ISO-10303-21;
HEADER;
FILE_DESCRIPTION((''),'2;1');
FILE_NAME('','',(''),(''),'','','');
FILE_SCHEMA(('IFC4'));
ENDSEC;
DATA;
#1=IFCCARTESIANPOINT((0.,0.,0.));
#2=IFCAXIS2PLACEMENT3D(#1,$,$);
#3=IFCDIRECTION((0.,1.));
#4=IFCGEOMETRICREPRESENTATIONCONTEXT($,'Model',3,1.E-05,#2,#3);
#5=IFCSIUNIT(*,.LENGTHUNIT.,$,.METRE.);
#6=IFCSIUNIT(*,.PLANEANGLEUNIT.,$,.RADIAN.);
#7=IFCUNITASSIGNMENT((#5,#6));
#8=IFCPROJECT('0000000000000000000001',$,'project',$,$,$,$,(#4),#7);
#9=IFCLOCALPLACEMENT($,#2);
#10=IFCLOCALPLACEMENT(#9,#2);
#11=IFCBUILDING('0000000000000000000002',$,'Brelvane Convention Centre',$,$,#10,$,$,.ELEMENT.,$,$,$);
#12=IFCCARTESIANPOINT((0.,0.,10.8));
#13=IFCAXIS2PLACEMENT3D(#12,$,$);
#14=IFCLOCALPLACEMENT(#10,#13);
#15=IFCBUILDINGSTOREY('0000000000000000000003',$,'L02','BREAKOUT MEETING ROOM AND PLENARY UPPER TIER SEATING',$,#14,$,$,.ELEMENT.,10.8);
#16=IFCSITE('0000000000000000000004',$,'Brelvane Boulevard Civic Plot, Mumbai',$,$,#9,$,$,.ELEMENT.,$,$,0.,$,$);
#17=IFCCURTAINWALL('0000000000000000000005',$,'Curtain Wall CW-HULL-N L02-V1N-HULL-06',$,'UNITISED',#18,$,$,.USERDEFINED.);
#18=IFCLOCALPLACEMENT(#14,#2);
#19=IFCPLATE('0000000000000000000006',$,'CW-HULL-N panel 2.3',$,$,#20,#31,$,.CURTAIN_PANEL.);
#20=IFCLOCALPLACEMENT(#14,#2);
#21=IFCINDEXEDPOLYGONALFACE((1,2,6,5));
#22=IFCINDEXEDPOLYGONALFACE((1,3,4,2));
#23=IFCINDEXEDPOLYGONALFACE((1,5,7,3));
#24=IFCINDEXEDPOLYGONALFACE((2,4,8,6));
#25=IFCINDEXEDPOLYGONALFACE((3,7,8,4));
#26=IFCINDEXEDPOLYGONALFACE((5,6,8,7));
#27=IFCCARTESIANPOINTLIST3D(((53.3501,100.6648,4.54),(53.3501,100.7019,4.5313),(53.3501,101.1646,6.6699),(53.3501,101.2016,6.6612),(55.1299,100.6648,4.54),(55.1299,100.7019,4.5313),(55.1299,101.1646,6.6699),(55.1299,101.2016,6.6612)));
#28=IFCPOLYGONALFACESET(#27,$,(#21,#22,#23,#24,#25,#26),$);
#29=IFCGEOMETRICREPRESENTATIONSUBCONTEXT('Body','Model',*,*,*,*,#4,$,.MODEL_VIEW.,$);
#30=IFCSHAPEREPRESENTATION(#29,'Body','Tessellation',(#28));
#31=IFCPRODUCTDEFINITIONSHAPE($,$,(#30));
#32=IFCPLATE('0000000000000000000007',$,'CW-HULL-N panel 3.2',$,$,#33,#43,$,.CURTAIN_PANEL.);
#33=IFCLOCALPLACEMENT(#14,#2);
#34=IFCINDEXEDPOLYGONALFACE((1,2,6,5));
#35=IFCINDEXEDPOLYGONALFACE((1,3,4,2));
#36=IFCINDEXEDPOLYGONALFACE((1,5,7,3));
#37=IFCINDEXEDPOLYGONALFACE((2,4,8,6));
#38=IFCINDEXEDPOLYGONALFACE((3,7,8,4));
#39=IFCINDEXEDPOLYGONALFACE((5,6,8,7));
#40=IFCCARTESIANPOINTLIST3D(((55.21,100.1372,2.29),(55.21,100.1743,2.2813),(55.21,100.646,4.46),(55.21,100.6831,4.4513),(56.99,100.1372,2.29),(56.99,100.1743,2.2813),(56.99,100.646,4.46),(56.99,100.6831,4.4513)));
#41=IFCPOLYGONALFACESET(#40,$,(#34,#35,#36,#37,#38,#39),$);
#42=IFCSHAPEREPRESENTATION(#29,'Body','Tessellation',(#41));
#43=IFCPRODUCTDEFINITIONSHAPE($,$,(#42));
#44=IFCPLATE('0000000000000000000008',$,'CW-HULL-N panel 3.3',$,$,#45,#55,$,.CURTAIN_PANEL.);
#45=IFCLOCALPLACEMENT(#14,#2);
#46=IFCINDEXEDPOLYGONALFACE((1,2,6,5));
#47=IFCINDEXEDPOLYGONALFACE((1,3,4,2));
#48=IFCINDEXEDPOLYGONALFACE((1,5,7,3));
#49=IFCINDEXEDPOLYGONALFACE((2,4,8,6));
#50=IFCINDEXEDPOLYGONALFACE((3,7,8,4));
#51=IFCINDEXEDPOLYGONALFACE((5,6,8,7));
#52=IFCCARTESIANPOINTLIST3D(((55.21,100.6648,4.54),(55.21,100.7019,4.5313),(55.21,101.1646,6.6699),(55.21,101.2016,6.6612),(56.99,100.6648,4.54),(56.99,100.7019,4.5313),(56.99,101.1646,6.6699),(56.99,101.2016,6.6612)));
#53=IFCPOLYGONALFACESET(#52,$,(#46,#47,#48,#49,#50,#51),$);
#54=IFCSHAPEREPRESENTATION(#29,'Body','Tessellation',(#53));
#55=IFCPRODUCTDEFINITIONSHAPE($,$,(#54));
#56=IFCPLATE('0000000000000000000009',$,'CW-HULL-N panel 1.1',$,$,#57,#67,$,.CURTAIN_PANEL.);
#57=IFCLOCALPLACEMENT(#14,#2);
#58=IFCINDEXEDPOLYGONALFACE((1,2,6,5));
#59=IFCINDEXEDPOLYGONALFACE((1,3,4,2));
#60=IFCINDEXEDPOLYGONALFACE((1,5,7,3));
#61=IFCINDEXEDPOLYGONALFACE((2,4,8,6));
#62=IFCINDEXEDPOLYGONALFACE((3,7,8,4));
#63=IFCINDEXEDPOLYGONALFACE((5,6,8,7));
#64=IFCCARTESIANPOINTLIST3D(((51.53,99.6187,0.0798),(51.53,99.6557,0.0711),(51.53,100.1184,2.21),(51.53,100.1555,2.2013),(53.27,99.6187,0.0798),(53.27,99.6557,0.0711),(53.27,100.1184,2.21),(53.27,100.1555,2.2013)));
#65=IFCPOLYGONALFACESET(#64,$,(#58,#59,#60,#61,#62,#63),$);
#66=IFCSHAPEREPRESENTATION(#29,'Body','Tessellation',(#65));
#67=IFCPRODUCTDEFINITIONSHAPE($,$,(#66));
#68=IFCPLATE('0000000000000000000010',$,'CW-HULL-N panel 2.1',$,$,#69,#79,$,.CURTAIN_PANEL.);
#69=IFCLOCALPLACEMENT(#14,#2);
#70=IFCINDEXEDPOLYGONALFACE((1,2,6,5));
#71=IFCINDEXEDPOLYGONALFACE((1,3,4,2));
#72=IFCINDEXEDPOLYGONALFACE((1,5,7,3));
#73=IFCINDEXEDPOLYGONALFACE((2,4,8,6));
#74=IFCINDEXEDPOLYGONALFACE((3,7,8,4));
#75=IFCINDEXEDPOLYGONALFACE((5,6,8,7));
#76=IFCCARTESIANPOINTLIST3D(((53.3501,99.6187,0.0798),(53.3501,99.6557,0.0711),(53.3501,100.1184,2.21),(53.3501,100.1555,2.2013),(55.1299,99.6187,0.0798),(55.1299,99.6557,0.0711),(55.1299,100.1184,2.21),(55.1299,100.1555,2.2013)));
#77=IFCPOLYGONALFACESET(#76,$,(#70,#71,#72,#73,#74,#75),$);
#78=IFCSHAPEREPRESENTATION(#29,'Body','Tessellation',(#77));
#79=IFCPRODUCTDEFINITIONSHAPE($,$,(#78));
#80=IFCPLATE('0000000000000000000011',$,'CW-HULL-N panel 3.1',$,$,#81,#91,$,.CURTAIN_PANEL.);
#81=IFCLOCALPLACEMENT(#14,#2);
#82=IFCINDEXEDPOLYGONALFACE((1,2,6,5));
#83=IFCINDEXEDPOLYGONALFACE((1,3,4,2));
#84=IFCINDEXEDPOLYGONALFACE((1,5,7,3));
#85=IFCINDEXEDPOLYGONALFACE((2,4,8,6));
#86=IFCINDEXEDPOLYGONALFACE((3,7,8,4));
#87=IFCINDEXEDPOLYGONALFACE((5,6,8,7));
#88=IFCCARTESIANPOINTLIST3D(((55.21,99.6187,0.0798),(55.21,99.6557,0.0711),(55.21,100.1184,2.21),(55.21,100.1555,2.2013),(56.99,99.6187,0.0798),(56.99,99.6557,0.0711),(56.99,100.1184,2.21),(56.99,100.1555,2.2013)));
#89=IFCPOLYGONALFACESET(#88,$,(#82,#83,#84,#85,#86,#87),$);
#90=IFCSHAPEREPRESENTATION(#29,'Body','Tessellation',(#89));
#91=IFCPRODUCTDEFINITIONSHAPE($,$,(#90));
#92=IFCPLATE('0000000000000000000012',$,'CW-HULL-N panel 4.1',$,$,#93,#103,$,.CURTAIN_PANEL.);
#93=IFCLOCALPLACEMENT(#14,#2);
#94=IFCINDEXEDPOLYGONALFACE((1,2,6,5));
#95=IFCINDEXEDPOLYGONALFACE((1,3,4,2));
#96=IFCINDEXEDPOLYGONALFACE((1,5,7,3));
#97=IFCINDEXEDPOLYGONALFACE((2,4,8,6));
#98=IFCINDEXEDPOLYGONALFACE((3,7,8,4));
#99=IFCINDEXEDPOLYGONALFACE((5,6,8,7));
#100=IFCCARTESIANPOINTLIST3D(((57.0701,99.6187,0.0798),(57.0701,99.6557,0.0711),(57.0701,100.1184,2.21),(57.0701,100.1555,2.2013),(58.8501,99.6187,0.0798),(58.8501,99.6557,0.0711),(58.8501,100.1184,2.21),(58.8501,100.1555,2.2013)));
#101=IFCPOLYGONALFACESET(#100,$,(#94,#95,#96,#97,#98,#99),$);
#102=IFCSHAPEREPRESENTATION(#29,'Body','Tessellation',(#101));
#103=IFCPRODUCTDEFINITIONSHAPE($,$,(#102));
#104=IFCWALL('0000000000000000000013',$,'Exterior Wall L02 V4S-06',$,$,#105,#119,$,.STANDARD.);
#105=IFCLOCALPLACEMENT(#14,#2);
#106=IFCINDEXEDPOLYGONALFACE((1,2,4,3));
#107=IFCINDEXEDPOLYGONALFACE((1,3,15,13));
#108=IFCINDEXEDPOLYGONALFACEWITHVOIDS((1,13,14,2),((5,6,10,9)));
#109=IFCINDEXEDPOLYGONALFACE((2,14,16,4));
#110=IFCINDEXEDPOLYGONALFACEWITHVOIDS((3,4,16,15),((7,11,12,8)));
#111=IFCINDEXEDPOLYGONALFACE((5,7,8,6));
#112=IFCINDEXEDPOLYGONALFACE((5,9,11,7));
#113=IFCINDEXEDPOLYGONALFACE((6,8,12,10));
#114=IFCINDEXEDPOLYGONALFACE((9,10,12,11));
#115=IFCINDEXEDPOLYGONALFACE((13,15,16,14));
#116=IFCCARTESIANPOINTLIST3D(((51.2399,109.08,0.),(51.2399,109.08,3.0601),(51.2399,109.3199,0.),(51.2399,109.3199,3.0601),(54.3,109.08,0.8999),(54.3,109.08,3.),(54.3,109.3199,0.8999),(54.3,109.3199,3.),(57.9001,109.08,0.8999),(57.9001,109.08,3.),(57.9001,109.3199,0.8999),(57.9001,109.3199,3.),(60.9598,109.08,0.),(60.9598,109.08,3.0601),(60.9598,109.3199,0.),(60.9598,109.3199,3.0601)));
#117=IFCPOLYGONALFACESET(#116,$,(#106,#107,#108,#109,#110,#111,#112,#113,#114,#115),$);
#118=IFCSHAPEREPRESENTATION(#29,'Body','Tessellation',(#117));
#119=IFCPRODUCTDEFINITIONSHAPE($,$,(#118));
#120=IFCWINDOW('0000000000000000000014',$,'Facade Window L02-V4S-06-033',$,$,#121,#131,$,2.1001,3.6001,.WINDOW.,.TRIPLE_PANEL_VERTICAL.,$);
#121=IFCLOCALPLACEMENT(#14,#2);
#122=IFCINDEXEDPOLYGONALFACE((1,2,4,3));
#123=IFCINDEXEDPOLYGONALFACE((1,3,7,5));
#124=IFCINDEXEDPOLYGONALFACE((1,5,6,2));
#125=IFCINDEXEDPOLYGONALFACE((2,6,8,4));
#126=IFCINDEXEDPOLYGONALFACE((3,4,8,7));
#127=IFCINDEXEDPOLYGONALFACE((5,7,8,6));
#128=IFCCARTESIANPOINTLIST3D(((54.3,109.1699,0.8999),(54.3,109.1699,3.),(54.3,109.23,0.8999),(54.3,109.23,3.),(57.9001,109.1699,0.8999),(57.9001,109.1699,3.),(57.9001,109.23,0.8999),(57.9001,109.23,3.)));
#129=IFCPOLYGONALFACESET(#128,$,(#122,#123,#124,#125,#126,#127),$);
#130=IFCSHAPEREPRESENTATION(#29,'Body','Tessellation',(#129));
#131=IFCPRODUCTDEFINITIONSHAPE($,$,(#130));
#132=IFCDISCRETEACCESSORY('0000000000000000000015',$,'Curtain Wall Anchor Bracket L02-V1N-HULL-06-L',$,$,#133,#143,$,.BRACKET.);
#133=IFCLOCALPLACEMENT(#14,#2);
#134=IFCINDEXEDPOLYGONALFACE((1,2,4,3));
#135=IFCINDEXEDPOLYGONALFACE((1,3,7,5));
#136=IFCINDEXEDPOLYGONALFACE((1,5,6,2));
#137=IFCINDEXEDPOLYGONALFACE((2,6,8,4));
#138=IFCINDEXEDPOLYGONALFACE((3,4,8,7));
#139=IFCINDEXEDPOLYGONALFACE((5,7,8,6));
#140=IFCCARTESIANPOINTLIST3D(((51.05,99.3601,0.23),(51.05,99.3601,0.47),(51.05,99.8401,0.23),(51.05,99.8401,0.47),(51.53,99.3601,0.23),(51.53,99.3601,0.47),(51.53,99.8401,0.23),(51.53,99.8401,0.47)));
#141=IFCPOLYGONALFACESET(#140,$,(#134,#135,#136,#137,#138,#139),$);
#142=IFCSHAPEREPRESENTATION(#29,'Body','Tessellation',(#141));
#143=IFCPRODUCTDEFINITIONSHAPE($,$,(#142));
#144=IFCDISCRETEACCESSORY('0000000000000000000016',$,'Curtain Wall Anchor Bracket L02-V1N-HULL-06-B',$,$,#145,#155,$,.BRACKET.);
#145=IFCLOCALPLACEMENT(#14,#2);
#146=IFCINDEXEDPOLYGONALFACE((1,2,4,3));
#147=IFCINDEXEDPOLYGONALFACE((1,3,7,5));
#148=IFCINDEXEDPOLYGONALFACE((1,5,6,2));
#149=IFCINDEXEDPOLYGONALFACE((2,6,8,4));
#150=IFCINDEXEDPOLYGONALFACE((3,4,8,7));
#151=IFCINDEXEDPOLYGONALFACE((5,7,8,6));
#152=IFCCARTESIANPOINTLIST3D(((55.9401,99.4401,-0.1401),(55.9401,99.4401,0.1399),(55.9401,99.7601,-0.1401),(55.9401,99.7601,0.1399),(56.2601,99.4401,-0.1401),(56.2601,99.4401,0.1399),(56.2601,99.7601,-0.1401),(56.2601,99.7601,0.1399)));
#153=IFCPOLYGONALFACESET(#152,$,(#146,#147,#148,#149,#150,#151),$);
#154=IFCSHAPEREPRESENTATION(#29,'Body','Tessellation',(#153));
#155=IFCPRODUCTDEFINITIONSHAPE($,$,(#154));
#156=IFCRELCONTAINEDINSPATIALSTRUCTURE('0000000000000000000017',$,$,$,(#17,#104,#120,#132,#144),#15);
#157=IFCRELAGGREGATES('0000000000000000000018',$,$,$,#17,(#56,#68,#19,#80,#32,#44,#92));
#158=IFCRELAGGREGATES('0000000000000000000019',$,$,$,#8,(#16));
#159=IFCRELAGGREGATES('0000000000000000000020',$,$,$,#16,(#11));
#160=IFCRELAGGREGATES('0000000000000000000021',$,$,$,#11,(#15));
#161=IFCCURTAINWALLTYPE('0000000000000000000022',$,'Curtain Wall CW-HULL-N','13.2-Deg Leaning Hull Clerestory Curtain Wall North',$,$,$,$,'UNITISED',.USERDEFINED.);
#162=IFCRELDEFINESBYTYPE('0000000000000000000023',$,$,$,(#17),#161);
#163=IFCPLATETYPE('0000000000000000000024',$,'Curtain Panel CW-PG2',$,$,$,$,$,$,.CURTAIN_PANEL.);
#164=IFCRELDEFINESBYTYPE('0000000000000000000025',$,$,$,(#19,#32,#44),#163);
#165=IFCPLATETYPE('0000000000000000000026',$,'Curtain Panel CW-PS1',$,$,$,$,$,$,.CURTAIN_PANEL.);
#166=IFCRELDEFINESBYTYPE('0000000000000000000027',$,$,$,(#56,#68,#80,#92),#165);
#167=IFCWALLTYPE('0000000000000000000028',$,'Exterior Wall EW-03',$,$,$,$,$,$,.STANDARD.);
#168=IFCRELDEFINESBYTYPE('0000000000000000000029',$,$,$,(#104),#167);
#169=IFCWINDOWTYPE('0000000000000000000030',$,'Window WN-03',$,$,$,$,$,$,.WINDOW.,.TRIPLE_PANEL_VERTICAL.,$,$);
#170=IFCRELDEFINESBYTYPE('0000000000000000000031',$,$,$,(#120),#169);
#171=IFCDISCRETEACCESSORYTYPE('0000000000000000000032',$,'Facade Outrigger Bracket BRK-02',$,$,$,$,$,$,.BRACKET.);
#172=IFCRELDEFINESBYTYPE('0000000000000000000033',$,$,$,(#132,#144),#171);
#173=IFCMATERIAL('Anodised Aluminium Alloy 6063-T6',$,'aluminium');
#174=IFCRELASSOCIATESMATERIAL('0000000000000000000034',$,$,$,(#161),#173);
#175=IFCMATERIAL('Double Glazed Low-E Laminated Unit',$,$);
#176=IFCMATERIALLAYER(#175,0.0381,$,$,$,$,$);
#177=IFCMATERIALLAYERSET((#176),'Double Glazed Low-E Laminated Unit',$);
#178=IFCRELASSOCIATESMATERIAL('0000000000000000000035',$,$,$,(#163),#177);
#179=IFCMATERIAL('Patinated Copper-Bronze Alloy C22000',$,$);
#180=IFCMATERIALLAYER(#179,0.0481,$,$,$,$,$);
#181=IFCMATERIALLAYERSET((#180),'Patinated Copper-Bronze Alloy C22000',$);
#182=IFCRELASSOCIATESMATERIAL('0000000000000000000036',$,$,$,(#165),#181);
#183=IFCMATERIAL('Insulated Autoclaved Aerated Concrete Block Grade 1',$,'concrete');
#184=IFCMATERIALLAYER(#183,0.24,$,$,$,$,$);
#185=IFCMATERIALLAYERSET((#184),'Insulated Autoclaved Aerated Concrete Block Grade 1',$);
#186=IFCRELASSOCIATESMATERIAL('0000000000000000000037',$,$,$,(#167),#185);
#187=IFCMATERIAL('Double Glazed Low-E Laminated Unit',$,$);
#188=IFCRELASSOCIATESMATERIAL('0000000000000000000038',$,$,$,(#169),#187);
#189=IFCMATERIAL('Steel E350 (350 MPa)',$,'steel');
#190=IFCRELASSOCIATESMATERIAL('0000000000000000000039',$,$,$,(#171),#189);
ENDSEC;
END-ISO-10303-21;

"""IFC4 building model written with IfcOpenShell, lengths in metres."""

from ifc_helpers import new_model, si_unit, direction, frame, frame_2d, origin, origin_2d, place, context, subcontext, project, spatial, polyline, rectangle, outline, extrude, material, layer, layer_set, type_object, element, fill, aggregate, save


model = new_model("IFC4")

# Units and contexts
model_context = context("Model", 3, precision=1e-05, world=origin(), true_north=direction((0.0, 1.0)))
body_context = subcontext(model_context, "Body", "Model", "MODEL_VIEW")
ifc_project = project(units=[si_unit("LENGTHUNIT", "METRE"), si_unit("PLANEANGLEUNIT", "RADIAN")], contexts=[model_context])

# Site, building, storey
site_placement = place(None, origin())
site = spatial("IfcSite", under=ifc_project, at=site_placement, Name="Brelvane Boulevard Civic Plot, Mumbai", CompositionType="ELEMENT", RefElevation=0.0)
building_placement = place(site_placement, origin())
building = spatial("IfcBuilding", under=site, at=building_placement, Name="Brelvane Convention Centre", CompositionType="ELEMENT")
storey_placement = place(building_placement, frame((0.0, 0.0, 10.8)))
storey = spatial("IfcBuildingStorey", under=building, at=storey_placement, Name="L02", Description="BREAKOUT MEETING ROOM AND PLENARY UPPER TIER SEATING", CompositionType="ELEMENT", Elevation=10.8)

# Curtain wall
ifc_material_1 = material(Name="Anodised Aluminium Alloy 6063-T6", Category="aluminium")
curtain_wall_type = type_object("IfcCurtainWallType", Name="Curtain Wall CW-HULL-N", Description="13.2-Deg Leaning Hull Clerestory Curtain Wall North", ElementType="UNITISED", PredefinedType="USERDEFINED", material=ifc_material_1)
curtain_wall_placement = place(storey_placement, origin())
curtain_wall = element("IfcCurtainWall", 1, at=curtain_wall_placement, inside=storey, type_object=curtain_wall_type, Name="Curtain Wall CW-HULL-N L02-V1N-HULL-06", ObjectType="UNITISED", PredefinedType="USERDEFINED")

# Plates
ifc_material_2 = material(Name="Double Glazed Low-E Laminated Unit")
ifc_layer_1 = layer(ifc_material_2, 0.0381)
ifc_layer_set_1 = layer_set([ifc_layer_1], Name="Double Glazed Low-E Laminated Unit")
plate_type_1 = type_object("IfcPlateType", Name="Curtain Panel CW-PG2", PredefinedType="CURTAIN_PANEL", material=ifc_layer_set_1)
plate_1_placement = place(storey_placement, frame((53.3501, 100.6648, 4.54), z_axis=(0.0, -0.973559, 0.228436), x_axis=(1.0, 0.0, 0.0)))
plate_1 = element("IfcPlate", 2, at=plate_1_placement, type_object=plate_type_1, Name="CW-HULL-N panel 2.3", PredefinedType="CURTAIN_PANEL", context=body_context, shape_type="SweptSolid", body=[
    extrude(outline(polyline([(0.0, 0.0), (1.7798, 0.0), (1.7798, 2.1877), (0.0, 2.1877), (0.0, 0.0)])), origin(), (0.0, 0.0, -1.0), 0.0381),
])
plate_2_placement = place(storey_placement, frame((55.21, 100.1372, 2.29), z_axis=(0.0, -0.973595, 0.228282), x_axis=(1.0, 0.0, 0.0)))
plate_2 = element("IfcPlate", 3, at=plate_2_placement, type_object=plate_type_1, Name="CW-HULL-N panel 3.2", PredefinedType="CURTAIN_PANEL", context=body_context, shape_type="SweptSolid", body=[
    extrude(outline(polyline([(0.0, 0.0), (1.78, 0.0), (1.78, 2.2288), (0.0, 2.2288), (0.0, 0.0)])), origin(), (0.0, 0.0, -1.0), 0.0381),
])
plate_3_placement = place(storey_placement, frame((55.21, 100.6648, 4.54), z_axis=(0.0, -0.973559, 0.228436), x_axis=(1.0, 0.0, 0.0)))
plate_3 = element("IfcPlate", 4, at=plate_3_placement, type_object=plate_type_1, Name="CW-HULL-N panel 3.3", PredefinedType="CURTAIN_PANEL", context=body_context, shape_type="SweptSolid", body=[
    extrude(outline(polyline([(0.0, 0.0), (1.78, 0.0), (1.78, 2.1877), (0.0, 2.1877), (0.0, 0.0)])), origin(), (0.0, 0.0, -1.0), 0.0381),
])
ifc_material_3 = material(Name="Patinated Copper-Bronze Alloy C22000")
ifc_layer_2 = layer(ifc_material_3, 0.0481)
ifc_layer_set_2 = layer_set([ifc_layer_2], Name="Patinated Copper-Bronze Alloy C22000")
plate_type_2 = type_object("IfcPlateType", Name="Curtain Panel CW-PS1", PredefinedType="CURTAIN_PANEL", material=ifc_layer_set_2)
plate_4_placement = place(storey_placement, frame((51.53, 99.6187, 0.0798), z_axis=(0.0, -0.973565, 0.228411), x_axis=(1.0, 0.0, 0.0)))
plate_4 = element("IfcPlate", 5, at=plate_4_placement, type_object=plate_type_2, Name="CW-HULL-N panel 1.1", PredefinedType="CURTAIN_PANEL", context=body_context, shape_type="SweptSolid", body=[
    extrude(outline(polyline([(0.0, 0.0), (1.74, 0.0), (1.74, 2.188), (0.0, 2.188), (0.0, 0.0)])), origin(), (0.0, 0.0, -1.0), 0.0381),
])
plate_5_placement = place(storey_placement, frame((53.3501, 99.6187, 0.0798), z_axis=(0.0, -0.973565, 0.228411), x_axis=(1.0, 0.0, 0.0)))
plate_5 = element("IfcPlate", 6, at=plate_5_placement, type_object=plate_type_2, Name="CW-HULL-N panel 2.1", PredefinedType="CURTAIN_PANEL", context=body_context, shape_type="SweptSolid", body=[
    extrude(outline(polyline([(0.0, 0.0), (1.7798, 0.0), (1.7798, 2.188), (0.0, 2.188), (0.0, 0.0)])), origin(), (0.0, 0.0, -1.0), 0.0381),
])
plate_6_placement = place(storey_placement, frame((55.21, 99.6187, 0.0798), z_axis=(0.0, -0.973565, 0.228411), x_axis=(1.0, 0.0, 0.0)))
plate_6 = element("IfcPlate", 7, at=plate_6_placement, type_object=plate_type_2, Name="CW-HULL-N panel 3.1", PredefinedType="CURTAIN_PANEL", context=body_context, shape_type="SweptSolid", body=[
    extrude(outline(polyline([(0.0, 0.0), (1.78, 0.0), (1.78, 2.188), (0.0, 2.188), (0.0, 0.0)])), origin(), (0.0, 0.0, -1.0), 0.0381),
])
plate_7_placement = place(storey_placement, frame((57.0701, 99.6187, 0.0798), z_axis=(0.0, -0.973565, 0.228411), x_axis=(1.0, 0.0, 0.0)))
plate_7 = element("IfcPlate", 8, at=plate_7_placement, type_object=plate_type_2, Name="CW-HULL-N panel 4.1", PredefinedType="CURTAIN_PANEL", context=body_context, shape_type="SweptSolid", body=[
    extrude(outline(polyline([(0.0, 0.0), (1.78, 0.0), (1.78, 2.188), (0.0, 2.188), (0.0, 0.0)])), origin(), (0.0, 0.0, -1.0), 0.0381),
])
aggregate(curtain_wall, [plate_4, plate_5, plate_1, plate_6, plate_2, plate_3, plate_7])

# Wall, opening, window
ifc_material_4 = material(Name="Insulated Autoclaved Aerated Concrete Block Grade 1", Category="concrete")
ifc_layer_3 = layer(ifc_material_4, 0.24)
ifc_layer_set_3 = layer_set([ifc_layer_3], Name="Insulated Autoclaved Aerated Concrete Block Grade 1")
wall_type = type_object("IfcWallType", Name="Exterior Wall EW-03", PredefinedType="STANDARD", material=ifc_layer_set_3)
wall_placement = place(storey_placement, frame((51.24, 109.2, 0.0), z_axis=(0.0, 0.0, 1.0), x_axis=(1.0, 0.0, 0.0)))
wall = element("IfcWall", 9, at=wall_placement, inside=storey, type_object=wall_type, Name="Exterior Wall L02 V4S-06", PredefinedType="STANDARD", context=body_context, shape_type="SweptSolid", body=[
    extrude(rectangle(XDim=9.72, YDim=0.24, at=frame_2d((4.8599, 0.0))), origin(), (0.0, 0.0, 1.0), 3.0601),
])
opening_placement = place(wall_placement, frame((3.0601, 0.0, 0.8999)))
opening = element("IfcOpeningElement", 10, at=opening_placement, cuts=wall, PredefinedType="OPENING", context=body_context, shape_type="SweptSolid", body=[
    extrude(rectangle(XDim=3.6001, YDim=2.1001, at=frame_2d((1.8, 1.05))), frame((0.0, 0.1299, 0.0), z_axis=(0.0, -1.0, 0.0), x_axis=(1.0, 0.0, 0.0)), (0.0, 0.0, 1.0), 0.26),
])
ifc_material_5 = material(Name="Double Glazed Low-E Laminated Unit")
window_type = type_object("IfcWindowType", Name="Window WN-03", PartitioningType="TRIPLE_PANEL_VERTICAL", PredefinedType="WINDOW", material=ifc_material_5)
window_placement = place(opening_placement, origin())
window = element("IfcWindow", 11, at=window_placement, inside=storey, type_object=window_type, Name="Facade Window L02-V4S-06-033", OverallHeight=2.1001, OverallWidth=3.6001, PartitioningType="TRIPLE_PANEL_VERTICAL", PredefinedType="WINDOW", context=body_context, shape_type="SweptSolid", body=[
    extrude(rectangle(XDim=3.6001, YDim=2.1001, at=frame_2d((1.8, 1.05))), frame((0.0, 0.03, 0.0), z_axis=(0.0, -1.0, 0.0), x_axis=(1.0, 0.0, 0.0)), (0.0, 0.0, 1.0), 0.0601),
])
fill(opening, window)

# Discrete accessories
ifc_material_6 = material(Name="Steel E350 (350 MPa)", Category="steel")
discrete_accessory_type = type_object("IfcDiscreteAccessoryType", Name="Facade Outrigger Bracket BRK-02", PredefinedType="BRACKET", material=ifc_material_6)
discrete_accessory_1_placement = place(storey_placement, frame((51.29, 99.6001, 0.23), z_axis=(0.0, 0.0, 1.0), x_axis=(1.0, 0.0, 0.0)))
element("IfcDiscreteAccessory", 12, at=discrete_accessory_1_placement, inside=storey, type_object=discrete_accessory_type, Name="Curtain Wall Anchor Bracket L02-V1N-HULL-06-L", PredefinedType="BRACKET", context=body_context, shape_type="SweptSolid", body=[
    extrude(rectangle(XDim=0.48, YDim=0.48, at=origin_2d()), origin(), (0.0, 0.0, 1.0), 0.24),
])
discrete_accessory_2_placement = place(storey_placement, frame((56.1001, 99.6001, -0.1401), z_axis=(0.0, 0.0, 1.0), x_axis=(1.0, 0.0, 0.0)))
element("IfcDiscreteAccessory", 13, at=discrete_accessory_2_placement, inside=storey, type_object=discrete_accessory_type, Name="Curtain Wall Anchor Bracket L02-V1N-HULL-06-B", PredefinedType="BRACKET", context=body_context, shape_type="SweptSolid", body=[
    extrude(rectangle(XDim=0.3201, YDim=0.3201, at=origin_2d()), origin(), (0.0, 0.0, 1.0), 0.28),
])

save(model, "model.ifc")
